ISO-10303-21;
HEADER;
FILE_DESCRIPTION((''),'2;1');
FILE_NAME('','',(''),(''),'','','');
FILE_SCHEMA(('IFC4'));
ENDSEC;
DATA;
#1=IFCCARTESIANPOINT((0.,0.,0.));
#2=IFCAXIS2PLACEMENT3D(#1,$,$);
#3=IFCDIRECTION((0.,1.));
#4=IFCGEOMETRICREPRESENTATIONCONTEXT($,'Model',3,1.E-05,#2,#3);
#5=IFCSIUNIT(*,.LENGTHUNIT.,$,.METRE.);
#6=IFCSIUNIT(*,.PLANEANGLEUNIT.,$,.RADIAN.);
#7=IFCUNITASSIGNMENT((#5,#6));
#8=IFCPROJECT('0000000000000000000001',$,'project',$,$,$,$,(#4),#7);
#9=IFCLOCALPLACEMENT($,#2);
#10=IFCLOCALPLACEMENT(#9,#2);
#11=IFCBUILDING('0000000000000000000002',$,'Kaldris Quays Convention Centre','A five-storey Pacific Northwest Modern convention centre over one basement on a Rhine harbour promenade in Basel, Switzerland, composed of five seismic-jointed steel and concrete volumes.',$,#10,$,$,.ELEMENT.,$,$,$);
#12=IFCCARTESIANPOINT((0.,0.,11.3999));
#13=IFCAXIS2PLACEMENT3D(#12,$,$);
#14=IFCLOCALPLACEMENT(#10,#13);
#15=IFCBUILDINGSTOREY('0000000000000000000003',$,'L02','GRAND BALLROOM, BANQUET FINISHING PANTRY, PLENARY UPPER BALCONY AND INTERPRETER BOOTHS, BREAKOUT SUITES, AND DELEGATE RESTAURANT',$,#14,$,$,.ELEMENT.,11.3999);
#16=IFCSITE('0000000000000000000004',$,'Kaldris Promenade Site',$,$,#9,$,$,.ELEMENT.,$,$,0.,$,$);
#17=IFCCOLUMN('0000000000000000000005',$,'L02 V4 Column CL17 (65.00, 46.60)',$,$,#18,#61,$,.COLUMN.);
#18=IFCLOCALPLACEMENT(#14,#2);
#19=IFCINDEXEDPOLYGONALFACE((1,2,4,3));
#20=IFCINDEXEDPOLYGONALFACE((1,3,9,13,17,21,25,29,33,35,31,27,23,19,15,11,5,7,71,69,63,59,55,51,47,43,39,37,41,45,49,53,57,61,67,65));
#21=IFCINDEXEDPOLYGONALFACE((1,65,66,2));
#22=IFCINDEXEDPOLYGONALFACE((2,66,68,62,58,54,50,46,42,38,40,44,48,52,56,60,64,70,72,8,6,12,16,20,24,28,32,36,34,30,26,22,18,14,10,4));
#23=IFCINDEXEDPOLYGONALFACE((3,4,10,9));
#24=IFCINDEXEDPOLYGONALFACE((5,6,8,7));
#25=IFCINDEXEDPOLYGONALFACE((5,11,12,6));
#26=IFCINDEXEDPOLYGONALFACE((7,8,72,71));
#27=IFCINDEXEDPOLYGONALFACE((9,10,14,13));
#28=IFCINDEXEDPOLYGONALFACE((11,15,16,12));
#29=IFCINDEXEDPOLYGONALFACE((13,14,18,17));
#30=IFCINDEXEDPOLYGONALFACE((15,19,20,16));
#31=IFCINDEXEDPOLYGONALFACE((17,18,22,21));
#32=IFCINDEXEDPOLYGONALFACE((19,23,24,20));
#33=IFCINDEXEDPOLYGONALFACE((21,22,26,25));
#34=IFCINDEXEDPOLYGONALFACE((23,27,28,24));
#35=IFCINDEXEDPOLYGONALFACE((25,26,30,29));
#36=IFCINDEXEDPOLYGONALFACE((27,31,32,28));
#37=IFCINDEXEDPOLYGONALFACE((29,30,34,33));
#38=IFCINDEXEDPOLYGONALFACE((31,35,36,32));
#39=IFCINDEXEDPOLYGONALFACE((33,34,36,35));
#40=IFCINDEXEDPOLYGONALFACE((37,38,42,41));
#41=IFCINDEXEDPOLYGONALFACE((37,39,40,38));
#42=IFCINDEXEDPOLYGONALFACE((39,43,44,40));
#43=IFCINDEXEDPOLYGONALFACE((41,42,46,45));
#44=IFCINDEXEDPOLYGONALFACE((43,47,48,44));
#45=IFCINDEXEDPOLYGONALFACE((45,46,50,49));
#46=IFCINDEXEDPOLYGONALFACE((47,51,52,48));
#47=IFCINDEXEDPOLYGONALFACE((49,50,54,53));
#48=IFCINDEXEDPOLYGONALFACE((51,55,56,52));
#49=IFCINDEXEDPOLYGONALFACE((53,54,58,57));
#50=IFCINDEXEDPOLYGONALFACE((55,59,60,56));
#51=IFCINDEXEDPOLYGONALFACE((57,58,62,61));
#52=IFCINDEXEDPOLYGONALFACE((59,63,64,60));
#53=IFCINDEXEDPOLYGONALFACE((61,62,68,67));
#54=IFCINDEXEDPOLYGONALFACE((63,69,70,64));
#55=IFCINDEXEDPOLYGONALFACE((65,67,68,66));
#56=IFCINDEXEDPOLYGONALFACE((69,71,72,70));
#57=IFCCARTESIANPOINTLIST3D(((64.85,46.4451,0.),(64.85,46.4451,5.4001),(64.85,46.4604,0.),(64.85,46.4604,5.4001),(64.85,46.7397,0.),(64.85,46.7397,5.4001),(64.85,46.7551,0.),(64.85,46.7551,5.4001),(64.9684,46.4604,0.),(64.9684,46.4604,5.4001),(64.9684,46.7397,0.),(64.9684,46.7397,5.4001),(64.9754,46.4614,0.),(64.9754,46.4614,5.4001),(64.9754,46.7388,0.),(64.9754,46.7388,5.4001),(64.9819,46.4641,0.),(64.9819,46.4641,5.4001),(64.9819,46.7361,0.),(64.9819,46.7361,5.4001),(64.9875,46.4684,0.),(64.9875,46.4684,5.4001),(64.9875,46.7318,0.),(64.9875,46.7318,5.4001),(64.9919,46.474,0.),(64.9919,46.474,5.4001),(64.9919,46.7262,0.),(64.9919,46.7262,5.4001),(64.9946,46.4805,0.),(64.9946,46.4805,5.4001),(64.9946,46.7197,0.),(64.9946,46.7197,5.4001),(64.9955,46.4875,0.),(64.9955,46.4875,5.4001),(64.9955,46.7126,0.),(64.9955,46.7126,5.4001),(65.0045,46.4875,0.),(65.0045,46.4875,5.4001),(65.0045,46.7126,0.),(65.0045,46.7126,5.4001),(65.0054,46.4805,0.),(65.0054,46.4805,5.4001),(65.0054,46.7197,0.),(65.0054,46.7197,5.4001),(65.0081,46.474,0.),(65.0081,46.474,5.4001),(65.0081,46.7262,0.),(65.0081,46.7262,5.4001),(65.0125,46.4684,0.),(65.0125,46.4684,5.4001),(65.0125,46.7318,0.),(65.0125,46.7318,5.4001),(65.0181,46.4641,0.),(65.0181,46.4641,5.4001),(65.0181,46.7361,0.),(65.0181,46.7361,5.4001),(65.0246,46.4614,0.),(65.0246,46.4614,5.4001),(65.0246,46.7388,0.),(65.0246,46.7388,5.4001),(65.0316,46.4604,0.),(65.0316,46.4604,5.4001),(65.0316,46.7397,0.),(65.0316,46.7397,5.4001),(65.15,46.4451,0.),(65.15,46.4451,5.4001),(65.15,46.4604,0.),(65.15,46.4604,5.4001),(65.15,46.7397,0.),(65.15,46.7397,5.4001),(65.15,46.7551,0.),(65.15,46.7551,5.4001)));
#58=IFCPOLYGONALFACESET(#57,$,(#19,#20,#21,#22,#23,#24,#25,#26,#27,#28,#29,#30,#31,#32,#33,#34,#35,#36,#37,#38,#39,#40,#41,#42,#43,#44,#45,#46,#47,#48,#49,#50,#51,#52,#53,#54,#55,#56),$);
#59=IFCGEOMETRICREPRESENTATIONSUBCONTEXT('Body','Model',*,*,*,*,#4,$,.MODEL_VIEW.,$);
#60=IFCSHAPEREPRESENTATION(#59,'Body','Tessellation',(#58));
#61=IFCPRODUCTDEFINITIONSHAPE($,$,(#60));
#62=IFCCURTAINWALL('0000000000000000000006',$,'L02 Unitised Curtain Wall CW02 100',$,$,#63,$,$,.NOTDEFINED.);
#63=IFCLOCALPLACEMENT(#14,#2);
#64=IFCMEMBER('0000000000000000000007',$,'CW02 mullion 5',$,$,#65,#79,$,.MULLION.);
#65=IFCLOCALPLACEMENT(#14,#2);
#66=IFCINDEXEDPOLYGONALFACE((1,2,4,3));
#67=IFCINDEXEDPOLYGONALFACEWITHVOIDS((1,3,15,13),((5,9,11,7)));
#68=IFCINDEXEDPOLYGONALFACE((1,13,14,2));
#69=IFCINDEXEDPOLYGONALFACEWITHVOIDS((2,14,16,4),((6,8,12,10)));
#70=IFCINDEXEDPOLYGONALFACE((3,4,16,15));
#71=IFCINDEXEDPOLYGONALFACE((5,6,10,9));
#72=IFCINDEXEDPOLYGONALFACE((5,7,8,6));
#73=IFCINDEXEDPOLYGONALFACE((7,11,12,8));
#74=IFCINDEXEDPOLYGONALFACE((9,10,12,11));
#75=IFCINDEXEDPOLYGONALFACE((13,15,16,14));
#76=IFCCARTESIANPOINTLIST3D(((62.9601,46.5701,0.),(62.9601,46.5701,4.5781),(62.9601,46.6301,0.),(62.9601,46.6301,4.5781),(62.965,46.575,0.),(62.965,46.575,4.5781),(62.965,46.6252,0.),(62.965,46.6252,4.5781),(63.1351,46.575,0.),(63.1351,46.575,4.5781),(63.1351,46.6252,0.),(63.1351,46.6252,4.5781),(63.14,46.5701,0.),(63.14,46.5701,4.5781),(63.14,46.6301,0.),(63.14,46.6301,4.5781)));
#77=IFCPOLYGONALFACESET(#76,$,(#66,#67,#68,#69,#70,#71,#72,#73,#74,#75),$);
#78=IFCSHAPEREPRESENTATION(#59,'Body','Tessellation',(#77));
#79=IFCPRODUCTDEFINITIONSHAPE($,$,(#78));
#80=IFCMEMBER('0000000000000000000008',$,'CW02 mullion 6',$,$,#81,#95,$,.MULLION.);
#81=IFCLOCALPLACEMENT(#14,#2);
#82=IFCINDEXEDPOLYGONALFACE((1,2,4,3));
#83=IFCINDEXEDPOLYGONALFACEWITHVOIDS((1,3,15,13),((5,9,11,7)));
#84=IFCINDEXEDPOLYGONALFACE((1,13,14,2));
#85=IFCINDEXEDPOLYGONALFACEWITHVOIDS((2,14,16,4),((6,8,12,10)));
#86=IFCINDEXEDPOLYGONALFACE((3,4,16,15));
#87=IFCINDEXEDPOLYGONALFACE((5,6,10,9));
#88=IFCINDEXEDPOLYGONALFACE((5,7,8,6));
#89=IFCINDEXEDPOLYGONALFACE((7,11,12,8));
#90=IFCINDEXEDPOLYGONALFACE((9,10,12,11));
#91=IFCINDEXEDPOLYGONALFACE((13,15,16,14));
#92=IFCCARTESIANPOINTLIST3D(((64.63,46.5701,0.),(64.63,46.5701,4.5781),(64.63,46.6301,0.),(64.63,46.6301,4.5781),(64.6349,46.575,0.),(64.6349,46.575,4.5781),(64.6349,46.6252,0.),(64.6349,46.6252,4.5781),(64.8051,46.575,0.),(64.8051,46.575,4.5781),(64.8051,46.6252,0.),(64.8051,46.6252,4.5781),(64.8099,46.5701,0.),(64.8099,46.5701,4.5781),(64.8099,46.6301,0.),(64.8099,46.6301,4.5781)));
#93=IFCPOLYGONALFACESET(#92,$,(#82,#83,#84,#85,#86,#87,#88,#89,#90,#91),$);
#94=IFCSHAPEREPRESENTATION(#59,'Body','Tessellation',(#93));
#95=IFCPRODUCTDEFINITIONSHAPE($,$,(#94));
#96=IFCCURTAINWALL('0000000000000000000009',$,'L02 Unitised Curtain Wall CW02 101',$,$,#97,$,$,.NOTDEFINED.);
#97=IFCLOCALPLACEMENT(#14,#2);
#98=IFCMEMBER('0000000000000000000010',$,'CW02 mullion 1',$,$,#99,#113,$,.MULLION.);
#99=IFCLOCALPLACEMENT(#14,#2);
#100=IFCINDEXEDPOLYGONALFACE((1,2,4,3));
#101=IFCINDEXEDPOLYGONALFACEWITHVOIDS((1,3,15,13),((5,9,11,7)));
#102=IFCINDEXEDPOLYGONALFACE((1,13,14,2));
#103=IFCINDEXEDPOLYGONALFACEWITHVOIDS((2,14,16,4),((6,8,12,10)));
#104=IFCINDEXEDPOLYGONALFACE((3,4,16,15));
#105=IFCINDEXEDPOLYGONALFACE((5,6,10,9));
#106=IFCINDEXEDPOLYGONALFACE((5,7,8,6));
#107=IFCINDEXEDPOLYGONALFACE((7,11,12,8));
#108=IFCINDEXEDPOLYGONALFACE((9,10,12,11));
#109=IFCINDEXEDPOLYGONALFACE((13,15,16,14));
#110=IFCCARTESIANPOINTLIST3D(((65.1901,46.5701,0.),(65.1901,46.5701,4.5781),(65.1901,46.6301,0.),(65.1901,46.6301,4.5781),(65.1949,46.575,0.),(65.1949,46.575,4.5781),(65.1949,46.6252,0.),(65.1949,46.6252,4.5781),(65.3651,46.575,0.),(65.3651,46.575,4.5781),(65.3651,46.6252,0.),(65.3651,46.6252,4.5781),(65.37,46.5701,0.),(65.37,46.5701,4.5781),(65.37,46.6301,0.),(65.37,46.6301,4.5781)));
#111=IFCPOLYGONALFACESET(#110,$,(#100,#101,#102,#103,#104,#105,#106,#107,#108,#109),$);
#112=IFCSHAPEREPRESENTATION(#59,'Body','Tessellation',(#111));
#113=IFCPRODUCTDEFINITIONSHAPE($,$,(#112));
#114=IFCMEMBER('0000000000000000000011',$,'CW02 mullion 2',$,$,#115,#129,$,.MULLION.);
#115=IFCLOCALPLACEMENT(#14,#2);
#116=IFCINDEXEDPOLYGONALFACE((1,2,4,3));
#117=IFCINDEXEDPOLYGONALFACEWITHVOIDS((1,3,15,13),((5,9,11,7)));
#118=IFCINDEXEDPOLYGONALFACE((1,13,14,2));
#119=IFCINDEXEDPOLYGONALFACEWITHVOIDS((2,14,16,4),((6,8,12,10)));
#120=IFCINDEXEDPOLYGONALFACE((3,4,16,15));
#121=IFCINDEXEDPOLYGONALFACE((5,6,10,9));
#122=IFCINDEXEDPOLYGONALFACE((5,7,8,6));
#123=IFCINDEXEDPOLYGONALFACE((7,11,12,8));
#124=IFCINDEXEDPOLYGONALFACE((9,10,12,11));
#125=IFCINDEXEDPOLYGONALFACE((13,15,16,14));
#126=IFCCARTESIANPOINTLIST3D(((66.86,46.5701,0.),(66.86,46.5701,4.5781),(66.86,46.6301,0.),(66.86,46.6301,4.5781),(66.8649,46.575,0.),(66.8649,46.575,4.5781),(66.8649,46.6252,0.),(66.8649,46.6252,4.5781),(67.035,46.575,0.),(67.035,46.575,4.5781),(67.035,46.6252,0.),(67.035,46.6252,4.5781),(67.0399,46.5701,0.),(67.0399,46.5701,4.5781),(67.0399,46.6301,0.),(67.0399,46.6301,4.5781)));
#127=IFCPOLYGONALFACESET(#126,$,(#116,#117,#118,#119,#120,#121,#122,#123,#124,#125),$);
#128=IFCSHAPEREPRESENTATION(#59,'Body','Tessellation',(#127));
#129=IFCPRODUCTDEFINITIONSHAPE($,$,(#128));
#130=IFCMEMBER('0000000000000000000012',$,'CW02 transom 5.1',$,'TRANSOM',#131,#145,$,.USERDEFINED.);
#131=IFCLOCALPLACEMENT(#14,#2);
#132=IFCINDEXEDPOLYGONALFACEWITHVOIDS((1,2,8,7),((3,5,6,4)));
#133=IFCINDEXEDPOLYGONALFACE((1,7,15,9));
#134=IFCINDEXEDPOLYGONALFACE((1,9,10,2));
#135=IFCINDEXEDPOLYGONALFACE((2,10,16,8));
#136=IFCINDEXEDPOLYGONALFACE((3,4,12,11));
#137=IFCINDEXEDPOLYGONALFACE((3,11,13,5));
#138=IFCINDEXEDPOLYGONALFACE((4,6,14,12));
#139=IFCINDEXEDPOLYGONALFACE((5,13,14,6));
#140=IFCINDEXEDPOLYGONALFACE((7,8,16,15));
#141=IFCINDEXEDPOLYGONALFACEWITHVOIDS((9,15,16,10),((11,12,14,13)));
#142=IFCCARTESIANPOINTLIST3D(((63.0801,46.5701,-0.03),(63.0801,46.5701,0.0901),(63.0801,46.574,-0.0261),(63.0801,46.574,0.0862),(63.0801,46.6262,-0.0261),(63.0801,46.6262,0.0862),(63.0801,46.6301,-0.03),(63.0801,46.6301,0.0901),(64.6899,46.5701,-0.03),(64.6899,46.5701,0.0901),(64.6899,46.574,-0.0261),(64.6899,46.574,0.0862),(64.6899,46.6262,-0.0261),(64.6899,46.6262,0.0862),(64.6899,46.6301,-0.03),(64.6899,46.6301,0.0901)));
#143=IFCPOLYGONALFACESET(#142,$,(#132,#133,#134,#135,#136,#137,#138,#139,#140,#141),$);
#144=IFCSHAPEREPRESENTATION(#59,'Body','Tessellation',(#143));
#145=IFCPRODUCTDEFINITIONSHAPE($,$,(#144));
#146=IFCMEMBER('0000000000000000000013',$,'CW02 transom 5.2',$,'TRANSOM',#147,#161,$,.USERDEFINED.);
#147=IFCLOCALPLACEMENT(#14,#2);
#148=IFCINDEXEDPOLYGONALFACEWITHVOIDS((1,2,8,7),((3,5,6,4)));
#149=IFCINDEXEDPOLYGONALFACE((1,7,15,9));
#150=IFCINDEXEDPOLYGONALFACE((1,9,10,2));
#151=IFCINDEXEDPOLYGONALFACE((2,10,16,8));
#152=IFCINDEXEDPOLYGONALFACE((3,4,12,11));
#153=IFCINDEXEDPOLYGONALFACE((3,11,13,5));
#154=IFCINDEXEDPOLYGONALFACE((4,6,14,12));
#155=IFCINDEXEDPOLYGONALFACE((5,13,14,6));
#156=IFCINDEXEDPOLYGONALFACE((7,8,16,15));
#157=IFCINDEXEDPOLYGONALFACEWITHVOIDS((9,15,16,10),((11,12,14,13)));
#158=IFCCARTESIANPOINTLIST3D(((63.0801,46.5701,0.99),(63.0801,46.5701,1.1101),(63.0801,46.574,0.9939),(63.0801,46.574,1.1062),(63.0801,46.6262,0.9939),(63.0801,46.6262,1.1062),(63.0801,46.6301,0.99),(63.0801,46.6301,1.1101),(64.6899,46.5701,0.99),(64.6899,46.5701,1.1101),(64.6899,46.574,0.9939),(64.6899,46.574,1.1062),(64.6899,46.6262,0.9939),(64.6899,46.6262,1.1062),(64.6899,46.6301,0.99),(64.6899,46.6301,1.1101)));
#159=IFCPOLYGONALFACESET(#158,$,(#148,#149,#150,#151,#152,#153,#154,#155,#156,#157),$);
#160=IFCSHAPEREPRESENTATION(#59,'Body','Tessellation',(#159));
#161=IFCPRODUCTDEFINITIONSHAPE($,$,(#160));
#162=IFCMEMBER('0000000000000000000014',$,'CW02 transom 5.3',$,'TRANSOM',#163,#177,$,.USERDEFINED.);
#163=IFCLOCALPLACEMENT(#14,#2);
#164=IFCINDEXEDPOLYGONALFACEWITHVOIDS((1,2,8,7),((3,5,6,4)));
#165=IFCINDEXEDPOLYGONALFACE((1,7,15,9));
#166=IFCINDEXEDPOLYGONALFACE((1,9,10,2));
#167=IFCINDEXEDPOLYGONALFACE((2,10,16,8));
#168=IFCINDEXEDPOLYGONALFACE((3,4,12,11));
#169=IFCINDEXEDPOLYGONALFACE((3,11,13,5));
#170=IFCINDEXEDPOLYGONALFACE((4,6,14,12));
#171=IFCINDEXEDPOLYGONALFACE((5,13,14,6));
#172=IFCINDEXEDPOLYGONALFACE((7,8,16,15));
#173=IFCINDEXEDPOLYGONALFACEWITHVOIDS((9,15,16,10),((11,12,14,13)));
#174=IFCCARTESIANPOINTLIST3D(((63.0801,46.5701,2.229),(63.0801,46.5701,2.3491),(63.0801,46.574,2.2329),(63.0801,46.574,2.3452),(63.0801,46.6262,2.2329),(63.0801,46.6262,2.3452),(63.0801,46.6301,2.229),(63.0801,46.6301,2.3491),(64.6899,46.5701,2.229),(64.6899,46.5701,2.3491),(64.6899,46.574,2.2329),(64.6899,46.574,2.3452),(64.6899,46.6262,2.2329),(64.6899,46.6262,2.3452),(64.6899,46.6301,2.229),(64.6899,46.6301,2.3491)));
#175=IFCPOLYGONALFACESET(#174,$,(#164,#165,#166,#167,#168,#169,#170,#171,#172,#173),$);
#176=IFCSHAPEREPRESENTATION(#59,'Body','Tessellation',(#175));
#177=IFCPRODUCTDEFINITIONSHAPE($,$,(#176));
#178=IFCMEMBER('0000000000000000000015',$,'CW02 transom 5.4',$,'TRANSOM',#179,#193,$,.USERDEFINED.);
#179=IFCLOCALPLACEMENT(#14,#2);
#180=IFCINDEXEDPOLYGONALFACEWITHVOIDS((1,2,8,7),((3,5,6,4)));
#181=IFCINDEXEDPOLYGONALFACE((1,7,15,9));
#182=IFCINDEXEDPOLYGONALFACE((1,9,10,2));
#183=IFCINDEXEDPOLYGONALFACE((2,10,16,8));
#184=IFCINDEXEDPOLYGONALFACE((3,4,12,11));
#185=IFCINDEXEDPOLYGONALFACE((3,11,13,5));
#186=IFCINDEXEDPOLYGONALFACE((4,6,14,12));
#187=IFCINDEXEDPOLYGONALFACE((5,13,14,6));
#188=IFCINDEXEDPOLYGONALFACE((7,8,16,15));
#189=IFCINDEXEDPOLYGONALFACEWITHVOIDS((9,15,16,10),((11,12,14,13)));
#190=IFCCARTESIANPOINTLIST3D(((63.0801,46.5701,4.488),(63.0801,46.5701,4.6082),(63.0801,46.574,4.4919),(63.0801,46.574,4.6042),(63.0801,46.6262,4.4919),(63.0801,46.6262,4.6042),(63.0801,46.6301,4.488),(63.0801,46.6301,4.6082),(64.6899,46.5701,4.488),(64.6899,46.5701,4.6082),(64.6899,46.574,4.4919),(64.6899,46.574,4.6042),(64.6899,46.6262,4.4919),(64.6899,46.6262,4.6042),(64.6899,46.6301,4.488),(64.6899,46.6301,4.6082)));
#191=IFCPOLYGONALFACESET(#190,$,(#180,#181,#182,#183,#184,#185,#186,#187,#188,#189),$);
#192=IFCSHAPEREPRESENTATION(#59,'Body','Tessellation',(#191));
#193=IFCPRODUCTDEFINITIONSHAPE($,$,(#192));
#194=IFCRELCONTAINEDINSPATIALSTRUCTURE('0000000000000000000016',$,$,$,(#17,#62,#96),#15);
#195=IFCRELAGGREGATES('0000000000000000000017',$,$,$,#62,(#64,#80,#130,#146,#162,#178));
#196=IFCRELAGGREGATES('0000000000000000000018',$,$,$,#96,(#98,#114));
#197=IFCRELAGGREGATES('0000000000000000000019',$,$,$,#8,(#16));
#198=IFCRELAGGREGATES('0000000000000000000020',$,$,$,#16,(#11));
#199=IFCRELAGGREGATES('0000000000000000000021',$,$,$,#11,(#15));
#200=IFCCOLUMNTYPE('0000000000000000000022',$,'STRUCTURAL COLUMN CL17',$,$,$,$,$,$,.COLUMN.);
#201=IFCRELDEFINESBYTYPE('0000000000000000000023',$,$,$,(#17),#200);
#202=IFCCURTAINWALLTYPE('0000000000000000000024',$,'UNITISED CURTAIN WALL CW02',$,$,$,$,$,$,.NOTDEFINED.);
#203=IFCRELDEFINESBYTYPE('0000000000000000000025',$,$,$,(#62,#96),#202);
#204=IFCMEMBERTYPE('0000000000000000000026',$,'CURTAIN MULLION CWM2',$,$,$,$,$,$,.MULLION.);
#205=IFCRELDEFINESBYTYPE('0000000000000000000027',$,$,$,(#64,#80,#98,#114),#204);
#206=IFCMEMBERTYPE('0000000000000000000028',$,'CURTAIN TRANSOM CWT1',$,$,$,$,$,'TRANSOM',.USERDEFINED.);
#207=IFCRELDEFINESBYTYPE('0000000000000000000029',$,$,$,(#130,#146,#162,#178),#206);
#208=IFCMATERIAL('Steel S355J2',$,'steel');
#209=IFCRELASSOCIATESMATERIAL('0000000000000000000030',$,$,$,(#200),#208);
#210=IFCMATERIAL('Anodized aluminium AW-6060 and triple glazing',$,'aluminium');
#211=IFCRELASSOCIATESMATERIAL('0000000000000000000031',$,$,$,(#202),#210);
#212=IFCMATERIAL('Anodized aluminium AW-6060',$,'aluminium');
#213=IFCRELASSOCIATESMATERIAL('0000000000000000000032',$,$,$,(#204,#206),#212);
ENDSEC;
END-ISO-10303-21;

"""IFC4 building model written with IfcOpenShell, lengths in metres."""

from ifc_helpers import new_model, si_unit, direction, frame, origin, origin_2d, place, context, subcontext, project, spatial, hollow_rectangle, i_section, extrude, material, material_profile, profile_set, type_object, element, aggregate, save


model = new_model("IFC4")

# Units and contexts
model_context = context("Model", 3, precision=1e-05, world=origin(), true_north=direction((0.0, 1.0)))
body_context = subcontext(model_context, "Body", "Model", "MODEL_VIEW")
ifc_project = project(units=[si_unit("LENGTHUNIT", "METRE"), si_unit("PLANEANGLEUNIT", "RADIAN")], contexts=[model_context])

# Site, building, storey
site_placement = place(None, origin())
site = spatial("IfcSite", under=ifc_project, at=site_placement, Name="Kaldris Promenade Site", CompositionType="ELEMENT", RefElevation=0.0)
building_placement = place(site_placement, origin())
building = spatial("IfcBuilding", under=site, at=building_placement, Name="Kaldris Quays Convention Centre", Description="A five-storey Pacific Northwest Modern convention centre over one basement on a Rhine harbour promenade in Basel, Switzerland, composed of five seismic-jointed steel and concrete volumes.", CompositionType="ELEMENT")
storey_placement = place(building_placement, frame((0.0, 0.0, 11.3999)))
storey = spatial("IfcBuildingStorey", under=building, at=storey_placement, Name="L02", Description="GRAND BALLROOM, BANQUET FINISHING PANTRY, PLENARY UPPER BALCONY AND INTERPRETER BOOTHS, BREAKOUT SUITES, AND DELEGATE RESTAURANT", CompositionType="ELEMENT", Elevation=11.3999)

# Column
ifc_material_1 = material(Name="Steel S355J2", Category="steel")
ifc_material_profile_1 = material_profile(ifc_material_1, i_section(OverallWidth=0.3, OverallDepth=0.3101, WebThickness=0.009, FlangeThickness=0.0154, FilletRadius=0.0271, at=origin_2d()), Name="HEA 320")
ifc_profile_set_1 = profile_set([ifc_material_profile_1], Name="Steel S355J2")
column_type_1 = type_object("IfcColumnType", Name="STRUCTURAL COLUMN CL17", PredefinedType="COLUMN", material=ifc_profile_set_1)
column_placement = place(storey_placement, frame((65.0, 46.6001, 0.0), z_axis=(0.0, 0.0, 1.0), x_axis=(1.0, 0.0, 0.0)))
element("IfcColumn", 1, at=column_placement, inside=storey, type_object=column_type_1, Name="L02 V4 Column CL17 (65.00, 46.60)", PredefinedType="COLUMN", context=body_context, shape_type="SweptSolid", body=[
    extrude(i_section(OverallWidth=0.3, OverallDepth=0.3101, WebThickness=0.009, FlangeThickness=0.0154, FilletRadius=0.0271, at=origin_2d()), origin(), (0.0, 0.0, 1.0), 5.4001),
])

# Curtain walls, members
ifc_material_2 = material(Name="Anodized aluminium AW-6060 and triple glazing", Category="aluminium")
curtain_wall_type = type_object("IfcCurtainWallType", Name="UNITISED CURTAIN WALL CW02", PredefinedType="NOTDEFINED", material=ifc_material_2)
curtain_wall_1_placement = place(storey_placement, origin())
curtain_wall_1 = element("IfcCurtainWall", 2, at=curtain_wall_1_placement, inside=storey, type_object=curtain_wall_type, Name="L02 Unitised Curtain Wall CW02 100", PredefinedType="NOTDEFINED")
ifc_material_3 = material(Name="Anodized aluminium AW-6060", Category="aluminium")
ifc_material_profile_2 = material_profile(ifc_material_3, hollow_rectangle(XDim=0.0601, YDim=0.1799, WallThickness=0.0049, at=origin_2d()), Name="RHS 180x60x5")
ifc_profile_set_2 = profile_set([ifc_material_profile_2], Name="Anodized aluminium AW-6060")
member_type_1 = type_object("IfcMemberType", Name="CURTAIN MULLION CWM2", PredefinedType="MULLION", material=ifc_profile_set_2)
member_1_placement = place(storey_placement, frame((63.05, 46.6001, 0.0), z_axis=(0.0, 0.0, 1.0), x_axis=(0.0, 1.0, 0.0)))
member_1 = element("IfcMember", 3, at=member_1_placement, type_object=member_type_1, Name="CW02 mullion 5", PredefinedType="MULLION", context=body_context, shape_type="SweptSolid", body=[
    extrude(hollow_rectangle(XDim=0.0601, YDim=0.1799, WallThickness=0.0049, at=origin_2d()), origin(), (0.0, 0.0, 1.0), 4.5781),
])
member_2_placement = place(storey_placement, frame((64.72, 46.6001, 0.0), z_axis=(0.0, 0.0, 1.0), x_axis=(0.0, 1.0, 0.0)))
member_2 = element("IfcMember", 4, at=member_2_placement, type_object=member_type_1, Name="CW02 mullion 6", PredefinedType="MULLION", context=body_context, shape_type="SweptSolid", body=[
    extrude(hollow_rectangle(XDim=0.0601, YDim=0.1799, WallThickness=0.0049, at=origin_2d()), origin(), (0.0, 0.0, 1.0), 4.5781),
])
curtain_wall_2_placement = place(storey_placement, origin())
curtain_wall_2 = element("IfcCurtainWall", 5, at=curtain_wall_2_placement, inside=storey, type_object=curtain_wall_type, Name="L02 Unitised Curtain Wall CW02 101", PredefinedType="NOTDEFINED")
member_3_placement = place(storey_placement, frame((65.28, 46.6001, 0.0), z_axis=(0.0, 0.0, 1.0), x_axis=(0.0, 1.0, 0.0)))
member_3 = element("IfcMember", 6, at=member_3_placement, type_object=member_type_1, Name="CW02 mullion 1", PredefinedType="MULLION", context=body_context, shape_type="SweptSolid", body=[
    extrude(hollow_rectangle(XDim=0.0601, YDim=0.1799, WallThickness=0.0049, at=origin_2d()), origin(), (0.0, 0.0, 1.0), 4.5781),
])
member_4_placement = place(storey_placement, frame((66.95, 46.6001, 0.0), z_axis=(0.0, 0.0, 1.0), x_axis=(0.0, 1.0, 0.0)))
member_4 = element("IfcMember", 7, at=member_4_placement, type_object=member_type_1, Name="CW02 mullion 2", PredefinedType="MULLION", context=body_context, shape_type="SweptSolid", body=[
    extrude(hollow_rectangle(XDim=0.0601, YDim=0.1799, WallThickness=0.0049, at=origin_2d()), origin(), (0.0, 0.0, 1.0), 4.5781),
])

# Members
ifc_material_profile_3 = material_profile(ifc_material_3, hollow_rectangle(XDim=0.0601, YDim=0.1201, WallThickness=0.0039, at=origin_2d()), Name="RHS 120x60x4")
ifc_profile_set_3 = profile_set([ifc_material_profile_3], Name="Anodized aluminium AW-6060")
member_type_2 = type_object("IfcMemberType", Name="CURTAIN TRANSOM CWT1", ElementType="TRANSOM", PredefinedType="USERDEFINED", material=ifc_profile_set_3)
member_5_placement = place(storey_placement, frame((63.0801, 46.6001, 0.03), z_axis=(1.0, 0.0, 0.0), x_axis=(0.0, 1.0, 0.0)))
member_5 = element("IfcMember", 8, at=member_5_placement, type_object=member_type_2, Name="CW02 transom 5.1", ObjectType="TRANSOM", PredefinedType="USERDEFINED", context=body_context, shape_type="SweptSolid", body=[
    extrude(hollow_rectangle(XDim=0.0601, YDim=0.1201, WallThickness=0.0039, at=origin_2d()), origin(), (0.0, 0.0, 1.0), 1.6099),
])
member_6_placement = place(storey_placement, frame((63.0801, 46.6001, 1.05), z_axis=(1.0, 0.0, 0.0), x_axis=(0.0, 1.0, 0.0)))
member_6 = element("IfcMember", 9, at=member_6_placement, type_object=member_type_2, Name="CW02 transom 5.2", ObjectType="TRANSOM", PredefinedType="USERDEFINED", context=body_context, shape_type="SweptSolid", body=[
    extrude(hollow_rectangle(XDim=0.0601, YDim=0.1201, WallThickness=0.0039, at=origin_2d()), origin(), (0.0, 0.0, 1.0), 1.6099),
])
member_7_placement = place(storey_placement, frame((63.0801, 46.6001, 2.2891), z_axis=(1.0, 0.0, 0.0), x_axis=(0.0, 1.0, 0.0)))
member_7 = element("IfcMember", 10, at=member_7_placement, type_object=member_type_2, Name="CW02 transom 5.3", ObjectType="TRANSOM", PredefinedType="USERDEFINED", context=body_context, shape_type="SweptSolid", body=[
    extrude(hollow_rectangle(XDim=0.0601, YDim=0.1201, WallThickness=0.0039, at=origin_2d()), origin(), (0.0, 0.0, 1.0), 1.6099),
])
member_8_placement = place(storey_placement, frame((63.0801, 46.6001, 4.5481), z_axis=(1.0, 0.0, 0.0), x_axis=(0.0, 1.0, 0.0)))
member_8 = element("IfcMember", 11, at=member_8_placement, type_object=member_type_2, Name="CW02 transom 5.4", ObjectType="TRANSOM", PredefinedType="USERDEFINED", context=body_context, shape_type="SweptSolid", body=[
    extrude(hollow_rectangle(XDim=0.0601, YDim=0.1201, WallThickness=0.0039, at=origin_2d()), origin(), (0.0, 0.0, 1.0), 1.6099),
])

aggregate(curtain_wall_1, [member_1, member_2, member_5, member_6, member_7, member_8])
aggregate(curtain_wall_2, [member_3, member_4])

save(model, "model.ifc")
